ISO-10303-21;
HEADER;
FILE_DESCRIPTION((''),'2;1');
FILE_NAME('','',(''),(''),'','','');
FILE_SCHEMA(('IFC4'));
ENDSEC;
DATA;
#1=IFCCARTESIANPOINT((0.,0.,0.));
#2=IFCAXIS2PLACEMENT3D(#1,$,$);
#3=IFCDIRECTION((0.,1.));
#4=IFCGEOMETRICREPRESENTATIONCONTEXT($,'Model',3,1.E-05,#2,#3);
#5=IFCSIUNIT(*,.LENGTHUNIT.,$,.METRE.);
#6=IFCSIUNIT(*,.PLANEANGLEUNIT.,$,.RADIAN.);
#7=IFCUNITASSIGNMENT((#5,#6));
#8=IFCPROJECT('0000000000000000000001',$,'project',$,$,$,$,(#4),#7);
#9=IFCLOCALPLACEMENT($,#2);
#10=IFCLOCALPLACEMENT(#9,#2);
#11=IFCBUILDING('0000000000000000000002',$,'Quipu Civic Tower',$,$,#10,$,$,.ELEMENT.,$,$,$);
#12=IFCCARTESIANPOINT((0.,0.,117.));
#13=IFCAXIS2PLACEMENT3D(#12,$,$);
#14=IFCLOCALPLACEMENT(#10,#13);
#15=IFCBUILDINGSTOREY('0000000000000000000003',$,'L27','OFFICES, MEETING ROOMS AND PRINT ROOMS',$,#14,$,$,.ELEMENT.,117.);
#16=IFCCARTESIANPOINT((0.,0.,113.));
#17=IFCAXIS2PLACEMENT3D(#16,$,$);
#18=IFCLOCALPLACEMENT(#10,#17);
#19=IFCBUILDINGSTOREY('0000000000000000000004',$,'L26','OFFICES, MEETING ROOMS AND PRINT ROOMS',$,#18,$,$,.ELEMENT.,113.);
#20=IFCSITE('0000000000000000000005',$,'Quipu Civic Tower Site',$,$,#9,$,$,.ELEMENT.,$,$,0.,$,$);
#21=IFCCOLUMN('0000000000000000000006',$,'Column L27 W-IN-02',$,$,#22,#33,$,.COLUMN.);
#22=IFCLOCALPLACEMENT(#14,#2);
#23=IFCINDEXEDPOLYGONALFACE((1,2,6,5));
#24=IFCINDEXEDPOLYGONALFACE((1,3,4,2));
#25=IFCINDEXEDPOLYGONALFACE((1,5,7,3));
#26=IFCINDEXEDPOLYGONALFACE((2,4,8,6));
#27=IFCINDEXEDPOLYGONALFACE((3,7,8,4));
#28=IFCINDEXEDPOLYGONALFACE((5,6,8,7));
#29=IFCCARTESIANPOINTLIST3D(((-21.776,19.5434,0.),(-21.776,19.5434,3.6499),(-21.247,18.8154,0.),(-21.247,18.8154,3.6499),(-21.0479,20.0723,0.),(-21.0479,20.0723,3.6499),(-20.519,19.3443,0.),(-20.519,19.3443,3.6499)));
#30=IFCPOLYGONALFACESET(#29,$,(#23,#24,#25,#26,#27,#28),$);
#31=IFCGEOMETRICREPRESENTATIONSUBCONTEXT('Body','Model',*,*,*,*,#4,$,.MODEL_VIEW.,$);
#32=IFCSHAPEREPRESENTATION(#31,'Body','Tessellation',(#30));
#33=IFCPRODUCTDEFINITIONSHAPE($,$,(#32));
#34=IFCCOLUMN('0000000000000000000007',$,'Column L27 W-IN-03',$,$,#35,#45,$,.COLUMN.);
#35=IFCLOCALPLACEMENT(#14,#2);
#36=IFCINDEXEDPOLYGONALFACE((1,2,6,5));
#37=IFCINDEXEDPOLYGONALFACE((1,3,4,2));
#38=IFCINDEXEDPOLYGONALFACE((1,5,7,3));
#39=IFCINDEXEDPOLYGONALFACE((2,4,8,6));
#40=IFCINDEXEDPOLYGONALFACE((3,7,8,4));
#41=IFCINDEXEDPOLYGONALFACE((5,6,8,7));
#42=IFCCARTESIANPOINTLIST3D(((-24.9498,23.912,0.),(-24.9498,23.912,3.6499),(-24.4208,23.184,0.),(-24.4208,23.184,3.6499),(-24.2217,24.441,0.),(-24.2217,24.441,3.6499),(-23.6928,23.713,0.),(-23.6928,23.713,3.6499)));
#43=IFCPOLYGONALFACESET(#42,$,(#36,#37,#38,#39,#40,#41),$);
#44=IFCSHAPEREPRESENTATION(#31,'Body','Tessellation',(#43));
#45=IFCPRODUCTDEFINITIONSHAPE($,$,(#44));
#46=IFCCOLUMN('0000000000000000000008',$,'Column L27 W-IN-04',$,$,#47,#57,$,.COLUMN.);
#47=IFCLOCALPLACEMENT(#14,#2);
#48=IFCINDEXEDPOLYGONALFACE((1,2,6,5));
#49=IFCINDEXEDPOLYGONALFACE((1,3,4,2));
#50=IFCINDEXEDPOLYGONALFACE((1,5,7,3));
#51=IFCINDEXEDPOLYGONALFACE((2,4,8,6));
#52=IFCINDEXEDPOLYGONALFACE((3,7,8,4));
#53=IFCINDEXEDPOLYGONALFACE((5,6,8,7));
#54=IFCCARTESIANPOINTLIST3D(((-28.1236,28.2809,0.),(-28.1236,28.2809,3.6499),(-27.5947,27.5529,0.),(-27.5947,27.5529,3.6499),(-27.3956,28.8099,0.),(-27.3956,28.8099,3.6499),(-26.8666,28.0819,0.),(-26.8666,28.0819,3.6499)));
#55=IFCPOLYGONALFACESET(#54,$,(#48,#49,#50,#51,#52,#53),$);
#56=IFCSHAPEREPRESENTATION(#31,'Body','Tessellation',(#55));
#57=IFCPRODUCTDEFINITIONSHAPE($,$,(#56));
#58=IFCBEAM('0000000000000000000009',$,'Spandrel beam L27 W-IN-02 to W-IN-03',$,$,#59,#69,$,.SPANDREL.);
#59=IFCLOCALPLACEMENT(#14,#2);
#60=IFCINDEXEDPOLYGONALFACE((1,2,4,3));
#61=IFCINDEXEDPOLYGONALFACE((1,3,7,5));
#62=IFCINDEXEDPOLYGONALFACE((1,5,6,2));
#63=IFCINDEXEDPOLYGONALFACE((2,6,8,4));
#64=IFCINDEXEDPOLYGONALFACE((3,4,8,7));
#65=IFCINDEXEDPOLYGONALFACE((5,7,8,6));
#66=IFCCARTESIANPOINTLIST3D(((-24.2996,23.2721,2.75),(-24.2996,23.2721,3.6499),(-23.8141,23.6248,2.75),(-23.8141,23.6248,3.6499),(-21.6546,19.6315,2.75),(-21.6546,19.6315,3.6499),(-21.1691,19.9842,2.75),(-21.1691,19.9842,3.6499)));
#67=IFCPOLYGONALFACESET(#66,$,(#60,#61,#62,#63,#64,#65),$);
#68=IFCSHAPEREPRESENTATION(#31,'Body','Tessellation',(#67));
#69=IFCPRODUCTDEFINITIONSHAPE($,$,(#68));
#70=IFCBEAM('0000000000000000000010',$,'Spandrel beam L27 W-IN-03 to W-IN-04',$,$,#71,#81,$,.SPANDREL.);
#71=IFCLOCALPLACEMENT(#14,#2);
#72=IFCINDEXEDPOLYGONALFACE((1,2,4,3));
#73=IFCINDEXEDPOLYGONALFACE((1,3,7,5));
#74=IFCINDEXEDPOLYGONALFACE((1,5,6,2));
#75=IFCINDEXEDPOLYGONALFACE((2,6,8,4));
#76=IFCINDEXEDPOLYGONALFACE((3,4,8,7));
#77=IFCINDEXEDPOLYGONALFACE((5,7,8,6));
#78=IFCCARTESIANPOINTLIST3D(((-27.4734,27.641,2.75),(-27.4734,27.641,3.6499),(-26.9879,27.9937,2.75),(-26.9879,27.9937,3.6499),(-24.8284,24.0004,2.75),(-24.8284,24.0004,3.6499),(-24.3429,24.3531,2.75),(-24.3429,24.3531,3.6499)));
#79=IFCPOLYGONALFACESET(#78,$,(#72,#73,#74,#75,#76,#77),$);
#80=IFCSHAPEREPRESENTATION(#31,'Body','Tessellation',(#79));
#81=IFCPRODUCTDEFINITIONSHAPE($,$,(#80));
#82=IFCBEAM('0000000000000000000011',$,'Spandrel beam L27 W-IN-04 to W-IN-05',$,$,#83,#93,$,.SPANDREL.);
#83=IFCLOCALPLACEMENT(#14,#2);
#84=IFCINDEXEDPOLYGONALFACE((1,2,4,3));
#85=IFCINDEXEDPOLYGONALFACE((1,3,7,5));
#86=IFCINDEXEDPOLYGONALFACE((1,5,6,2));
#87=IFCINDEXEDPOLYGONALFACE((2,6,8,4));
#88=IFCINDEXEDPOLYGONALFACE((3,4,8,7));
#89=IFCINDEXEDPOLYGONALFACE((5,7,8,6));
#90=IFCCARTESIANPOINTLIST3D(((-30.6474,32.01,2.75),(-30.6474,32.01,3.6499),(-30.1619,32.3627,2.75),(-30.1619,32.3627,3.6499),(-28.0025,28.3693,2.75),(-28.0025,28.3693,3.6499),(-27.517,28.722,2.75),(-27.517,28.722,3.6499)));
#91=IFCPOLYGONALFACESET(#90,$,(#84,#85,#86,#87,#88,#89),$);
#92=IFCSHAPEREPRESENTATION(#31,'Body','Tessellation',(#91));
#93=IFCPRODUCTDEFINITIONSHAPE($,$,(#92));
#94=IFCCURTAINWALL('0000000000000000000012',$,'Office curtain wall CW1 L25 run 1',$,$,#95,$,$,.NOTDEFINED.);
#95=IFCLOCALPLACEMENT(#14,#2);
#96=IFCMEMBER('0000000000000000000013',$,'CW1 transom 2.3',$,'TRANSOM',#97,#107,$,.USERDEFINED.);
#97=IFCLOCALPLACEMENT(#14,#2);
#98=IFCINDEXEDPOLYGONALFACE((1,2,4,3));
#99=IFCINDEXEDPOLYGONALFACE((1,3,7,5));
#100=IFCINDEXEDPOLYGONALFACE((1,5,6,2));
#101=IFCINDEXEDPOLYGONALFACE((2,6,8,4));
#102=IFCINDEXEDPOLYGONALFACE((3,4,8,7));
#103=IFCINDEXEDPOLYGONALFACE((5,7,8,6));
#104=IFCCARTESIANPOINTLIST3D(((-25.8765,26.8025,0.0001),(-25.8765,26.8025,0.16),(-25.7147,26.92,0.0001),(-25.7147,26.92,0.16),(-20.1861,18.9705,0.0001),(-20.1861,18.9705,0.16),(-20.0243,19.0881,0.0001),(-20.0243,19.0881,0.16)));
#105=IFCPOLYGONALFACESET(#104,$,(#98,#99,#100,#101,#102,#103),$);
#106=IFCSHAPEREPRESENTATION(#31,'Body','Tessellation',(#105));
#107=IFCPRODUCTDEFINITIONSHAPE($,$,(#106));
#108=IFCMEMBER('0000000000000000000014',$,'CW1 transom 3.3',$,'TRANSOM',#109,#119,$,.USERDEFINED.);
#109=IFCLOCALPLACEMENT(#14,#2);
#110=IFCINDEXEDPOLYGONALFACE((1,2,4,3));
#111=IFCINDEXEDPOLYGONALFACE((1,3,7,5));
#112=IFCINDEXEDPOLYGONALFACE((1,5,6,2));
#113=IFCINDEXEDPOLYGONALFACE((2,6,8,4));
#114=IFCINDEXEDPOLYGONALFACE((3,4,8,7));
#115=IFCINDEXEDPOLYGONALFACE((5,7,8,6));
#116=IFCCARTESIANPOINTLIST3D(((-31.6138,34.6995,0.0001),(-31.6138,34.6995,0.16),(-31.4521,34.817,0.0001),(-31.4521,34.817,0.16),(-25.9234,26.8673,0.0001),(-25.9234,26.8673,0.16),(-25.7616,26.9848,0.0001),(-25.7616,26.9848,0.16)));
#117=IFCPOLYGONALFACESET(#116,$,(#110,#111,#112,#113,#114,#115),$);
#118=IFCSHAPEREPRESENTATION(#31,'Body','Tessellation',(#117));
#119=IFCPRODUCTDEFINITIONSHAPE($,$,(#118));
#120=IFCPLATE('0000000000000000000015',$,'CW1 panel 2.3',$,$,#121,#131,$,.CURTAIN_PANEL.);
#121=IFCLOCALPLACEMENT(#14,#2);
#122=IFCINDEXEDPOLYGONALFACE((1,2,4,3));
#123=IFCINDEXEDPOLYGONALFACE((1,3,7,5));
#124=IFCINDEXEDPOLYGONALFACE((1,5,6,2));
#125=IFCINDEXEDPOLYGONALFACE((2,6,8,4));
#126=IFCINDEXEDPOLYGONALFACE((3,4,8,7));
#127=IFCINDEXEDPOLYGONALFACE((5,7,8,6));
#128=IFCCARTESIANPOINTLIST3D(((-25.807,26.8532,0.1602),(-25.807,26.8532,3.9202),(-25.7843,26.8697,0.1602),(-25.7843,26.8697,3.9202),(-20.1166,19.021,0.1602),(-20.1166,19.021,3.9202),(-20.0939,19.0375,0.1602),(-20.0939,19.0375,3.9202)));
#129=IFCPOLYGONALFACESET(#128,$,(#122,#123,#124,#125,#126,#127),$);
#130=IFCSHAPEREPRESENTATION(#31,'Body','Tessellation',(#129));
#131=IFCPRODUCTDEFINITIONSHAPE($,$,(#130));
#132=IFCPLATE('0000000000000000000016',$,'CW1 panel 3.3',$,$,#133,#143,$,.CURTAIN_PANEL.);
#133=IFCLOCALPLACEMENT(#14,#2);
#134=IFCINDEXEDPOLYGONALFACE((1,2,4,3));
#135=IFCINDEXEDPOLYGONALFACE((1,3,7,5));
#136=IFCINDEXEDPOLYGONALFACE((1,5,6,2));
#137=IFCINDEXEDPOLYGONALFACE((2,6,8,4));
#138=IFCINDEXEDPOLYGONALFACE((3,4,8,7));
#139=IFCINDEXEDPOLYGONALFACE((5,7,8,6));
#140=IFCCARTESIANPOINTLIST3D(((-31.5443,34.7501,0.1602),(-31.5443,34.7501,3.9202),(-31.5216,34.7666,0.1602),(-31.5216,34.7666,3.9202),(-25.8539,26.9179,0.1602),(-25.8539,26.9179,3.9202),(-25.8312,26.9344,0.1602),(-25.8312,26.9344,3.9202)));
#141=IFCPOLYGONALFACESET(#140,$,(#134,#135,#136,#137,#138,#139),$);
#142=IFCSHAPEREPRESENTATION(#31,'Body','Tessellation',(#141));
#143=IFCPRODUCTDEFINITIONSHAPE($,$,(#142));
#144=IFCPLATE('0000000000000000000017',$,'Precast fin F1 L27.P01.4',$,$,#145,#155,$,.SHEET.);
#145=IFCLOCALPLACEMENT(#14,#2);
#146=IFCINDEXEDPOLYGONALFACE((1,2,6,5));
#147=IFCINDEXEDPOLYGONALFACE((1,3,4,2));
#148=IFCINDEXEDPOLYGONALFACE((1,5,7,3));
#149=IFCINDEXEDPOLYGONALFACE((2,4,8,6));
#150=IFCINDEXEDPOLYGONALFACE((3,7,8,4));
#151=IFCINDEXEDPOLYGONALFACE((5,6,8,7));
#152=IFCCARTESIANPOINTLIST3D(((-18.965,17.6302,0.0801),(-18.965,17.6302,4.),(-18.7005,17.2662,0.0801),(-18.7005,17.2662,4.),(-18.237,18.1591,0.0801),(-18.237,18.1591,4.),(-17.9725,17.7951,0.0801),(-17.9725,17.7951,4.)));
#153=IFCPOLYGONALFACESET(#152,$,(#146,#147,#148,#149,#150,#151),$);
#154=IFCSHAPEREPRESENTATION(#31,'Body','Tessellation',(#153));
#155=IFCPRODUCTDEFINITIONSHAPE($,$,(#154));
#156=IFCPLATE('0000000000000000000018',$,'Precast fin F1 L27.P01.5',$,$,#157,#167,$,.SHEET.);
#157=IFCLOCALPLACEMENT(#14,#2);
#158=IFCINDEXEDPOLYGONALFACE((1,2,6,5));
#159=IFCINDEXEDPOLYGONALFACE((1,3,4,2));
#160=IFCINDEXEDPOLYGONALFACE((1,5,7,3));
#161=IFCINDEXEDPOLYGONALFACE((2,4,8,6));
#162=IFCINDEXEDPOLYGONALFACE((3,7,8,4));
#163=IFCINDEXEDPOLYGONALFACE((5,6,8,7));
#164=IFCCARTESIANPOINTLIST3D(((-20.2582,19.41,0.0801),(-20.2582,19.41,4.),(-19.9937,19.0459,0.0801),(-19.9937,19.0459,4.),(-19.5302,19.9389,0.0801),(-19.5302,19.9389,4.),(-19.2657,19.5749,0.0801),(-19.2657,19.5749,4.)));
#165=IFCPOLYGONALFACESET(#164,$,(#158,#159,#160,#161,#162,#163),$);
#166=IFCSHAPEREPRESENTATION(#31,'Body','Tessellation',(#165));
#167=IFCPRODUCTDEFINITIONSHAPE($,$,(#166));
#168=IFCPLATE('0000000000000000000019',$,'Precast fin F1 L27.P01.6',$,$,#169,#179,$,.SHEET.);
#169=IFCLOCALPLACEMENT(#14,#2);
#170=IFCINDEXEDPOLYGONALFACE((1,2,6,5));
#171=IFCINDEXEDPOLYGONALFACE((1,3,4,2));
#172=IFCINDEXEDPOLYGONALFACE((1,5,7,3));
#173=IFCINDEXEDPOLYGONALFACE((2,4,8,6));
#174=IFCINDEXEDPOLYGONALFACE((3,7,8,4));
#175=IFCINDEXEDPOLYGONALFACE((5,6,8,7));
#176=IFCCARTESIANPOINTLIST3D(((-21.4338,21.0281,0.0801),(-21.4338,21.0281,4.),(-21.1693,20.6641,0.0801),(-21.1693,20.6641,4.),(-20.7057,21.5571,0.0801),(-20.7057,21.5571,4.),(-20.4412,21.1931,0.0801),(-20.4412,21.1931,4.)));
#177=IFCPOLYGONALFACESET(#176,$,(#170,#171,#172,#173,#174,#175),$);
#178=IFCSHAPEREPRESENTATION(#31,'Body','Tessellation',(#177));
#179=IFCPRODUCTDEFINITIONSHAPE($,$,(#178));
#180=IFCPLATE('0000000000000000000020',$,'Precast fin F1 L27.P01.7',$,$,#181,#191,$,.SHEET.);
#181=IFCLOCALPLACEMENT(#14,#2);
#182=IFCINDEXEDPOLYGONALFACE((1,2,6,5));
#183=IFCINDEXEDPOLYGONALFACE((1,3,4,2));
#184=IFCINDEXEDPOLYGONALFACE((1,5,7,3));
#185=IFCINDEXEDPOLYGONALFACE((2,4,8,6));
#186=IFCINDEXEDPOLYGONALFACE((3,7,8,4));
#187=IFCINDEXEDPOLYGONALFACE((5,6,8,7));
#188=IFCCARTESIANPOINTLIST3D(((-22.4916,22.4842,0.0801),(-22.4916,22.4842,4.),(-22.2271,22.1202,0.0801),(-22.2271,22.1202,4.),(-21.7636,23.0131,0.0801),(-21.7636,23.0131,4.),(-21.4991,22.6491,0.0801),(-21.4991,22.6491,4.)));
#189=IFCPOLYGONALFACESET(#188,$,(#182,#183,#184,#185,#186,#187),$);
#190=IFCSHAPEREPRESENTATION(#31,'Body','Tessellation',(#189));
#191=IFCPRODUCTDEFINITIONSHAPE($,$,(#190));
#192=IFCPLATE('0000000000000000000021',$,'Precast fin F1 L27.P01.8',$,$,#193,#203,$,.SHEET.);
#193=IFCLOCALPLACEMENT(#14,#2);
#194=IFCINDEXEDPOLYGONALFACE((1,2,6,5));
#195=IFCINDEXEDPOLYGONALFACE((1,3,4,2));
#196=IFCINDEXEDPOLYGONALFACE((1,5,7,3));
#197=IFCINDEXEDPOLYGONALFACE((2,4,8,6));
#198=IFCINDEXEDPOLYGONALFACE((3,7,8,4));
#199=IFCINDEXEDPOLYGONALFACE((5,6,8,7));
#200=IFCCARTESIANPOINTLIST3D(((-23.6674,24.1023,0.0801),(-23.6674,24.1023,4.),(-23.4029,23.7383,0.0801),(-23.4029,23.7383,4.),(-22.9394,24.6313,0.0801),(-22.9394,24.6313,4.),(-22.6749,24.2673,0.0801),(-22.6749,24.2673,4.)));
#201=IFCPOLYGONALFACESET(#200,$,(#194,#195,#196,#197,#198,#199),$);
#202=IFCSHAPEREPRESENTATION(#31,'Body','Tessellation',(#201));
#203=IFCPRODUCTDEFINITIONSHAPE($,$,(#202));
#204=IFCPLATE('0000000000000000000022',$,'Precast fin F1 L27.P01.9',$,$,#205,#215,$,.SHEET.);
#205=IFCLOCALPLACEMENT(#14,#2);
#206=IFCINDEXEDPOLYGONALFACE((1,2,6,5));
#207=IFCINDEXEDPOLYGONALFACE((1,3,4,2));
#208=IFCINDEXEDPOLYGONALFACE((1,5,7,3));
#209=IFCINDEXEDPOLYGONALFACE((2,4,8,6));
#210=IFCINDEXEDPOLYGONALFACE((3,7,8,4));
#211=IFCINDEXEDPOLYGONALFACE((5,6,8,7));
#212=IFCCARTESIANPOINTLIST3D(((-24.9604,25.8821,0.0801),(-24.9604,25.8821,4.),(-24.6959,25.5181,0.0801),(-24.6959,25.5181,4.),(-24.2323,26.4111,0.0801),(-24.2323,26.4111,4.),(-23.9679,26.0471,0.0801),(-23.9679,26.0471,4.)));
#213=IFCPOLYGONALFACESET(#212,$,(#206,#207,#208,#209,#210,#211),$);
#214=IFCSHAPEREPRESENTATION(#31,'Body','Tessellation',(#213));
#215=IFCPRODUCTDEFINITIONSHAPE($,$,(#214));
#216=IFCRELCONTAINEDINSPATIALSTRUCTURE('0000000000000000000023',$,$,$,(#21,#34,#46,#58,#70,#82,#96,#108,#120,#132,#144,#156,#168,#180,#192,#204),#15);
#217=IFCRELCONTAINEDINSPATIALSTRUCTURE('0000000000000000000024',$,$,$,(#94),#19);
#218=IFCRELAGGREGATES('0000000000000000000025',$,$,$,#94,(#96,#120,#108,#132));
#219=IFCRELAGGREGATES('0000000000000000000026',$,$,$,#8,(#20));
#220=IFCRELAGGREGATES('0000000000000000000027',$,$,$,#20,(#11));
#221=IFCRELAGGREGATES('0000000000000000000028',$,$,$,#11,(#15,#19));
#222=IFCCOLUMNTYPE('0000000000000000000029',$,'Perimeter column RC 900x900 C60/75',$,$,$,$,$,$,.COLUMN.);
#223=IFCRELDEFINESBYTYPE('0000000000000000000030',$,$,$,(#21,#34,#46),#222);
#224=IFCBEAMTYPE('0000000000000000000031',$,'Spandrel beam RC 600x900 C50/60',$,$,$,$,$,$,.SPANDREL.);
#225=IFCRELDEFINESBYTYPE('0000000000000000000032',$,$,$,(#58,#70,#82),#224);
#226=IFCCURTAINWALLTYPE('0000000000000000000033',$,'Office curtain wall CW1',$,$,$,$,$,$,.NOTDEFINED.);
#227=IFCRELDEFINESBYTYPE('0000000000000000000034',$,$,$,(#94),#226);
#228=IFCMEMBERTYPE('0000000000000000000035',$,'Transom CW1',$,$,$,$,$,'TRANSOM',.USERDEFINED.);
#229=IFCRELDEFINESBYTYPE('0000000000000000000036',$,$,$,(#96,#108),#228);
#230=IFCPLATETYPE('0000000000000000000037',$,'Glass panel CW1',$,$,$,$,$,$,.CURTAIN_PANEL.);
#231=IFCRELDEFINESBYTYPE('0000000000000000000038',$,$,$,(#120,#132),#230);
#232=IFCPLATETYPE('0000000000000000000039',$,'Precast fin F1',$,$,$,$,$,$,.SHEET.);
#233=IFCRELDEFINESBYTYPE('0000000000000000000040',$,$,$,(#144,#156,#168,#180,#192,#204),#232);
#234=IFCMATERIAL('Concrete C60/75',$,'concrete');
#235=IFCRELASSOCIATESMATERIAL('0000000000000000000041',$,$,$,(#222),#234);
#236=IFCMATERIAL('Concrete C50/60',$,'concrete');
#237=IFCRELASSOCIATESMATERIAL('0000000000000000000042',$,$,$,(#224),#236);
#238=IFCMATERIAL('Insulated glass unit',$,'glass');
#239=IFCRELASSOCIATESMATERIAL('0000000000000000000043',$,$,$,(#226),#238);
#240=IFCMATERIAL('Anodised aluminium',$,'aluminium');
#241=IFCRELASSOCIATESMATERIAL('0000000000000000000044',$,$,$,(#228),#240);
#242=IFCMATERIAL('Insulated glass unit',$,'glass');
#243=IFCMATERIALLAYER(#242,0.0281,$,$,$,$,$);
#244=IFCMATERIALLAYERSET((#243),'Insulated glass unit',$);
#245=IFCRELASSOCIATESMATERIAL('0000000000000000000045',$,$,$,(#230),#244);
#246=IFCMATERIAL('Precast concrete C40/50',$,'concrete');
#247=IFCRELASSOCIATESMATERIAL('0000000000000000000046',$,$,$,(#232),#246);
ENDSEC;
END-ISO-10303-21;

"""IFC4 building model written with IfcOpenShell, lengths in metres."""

from ifc_helpers import new_model, si_unit, direction, frame, origin, origin_2d, place, context, subcontext, project, spatial, rectangle, extrude, material, layer, layer_set, material_profile, profile_set, type_object, element, aggregate, save


model = new_model("IFC4")

# Units and contexts
model_context = context("Model", 3, precision=1e-05, world=origin(), true_north=direction((0.0, 1.0)))
body_context = subcontext(model_context, "Body", "Model", "MODEL_VIEW")
ifc_project = project(units=[si_unit("LENGTHUNIT", "METRE"), si_unit("PLANEANGLEUNIT", "RADIAN")], contexts=[model_context])

# Site, building, storey
site_placement = place(None, origin())
site = spatial("IfcSite", under=ifc_project, at=site_placement, Name="Quipu Civic Tower Site", CompositionType="ELEMENT", RefElevation=0.0)
building_placement = place(site_placement, origin())
building = spatial("IfcBuilding", under=site, at=building_placement, Name="Quipu Civic Tower", CompositionType="ELEMENT")
storey_1_placement = place(building_placement, frame((0.0, 0.0, 117.0)))
storey_1 = spatial("IfcBuildingStorey", under=building, at=storey_1_placement, Name="L27", Description="OFFICES, MEETING ROOMS AND PRINT ROOMS", CompositionType="ELEMENT", Elevation=117.0)

# Columns
ifc_material_1 = material(Name="Concrete C60/75", Category="concrete")
ifc_material_profile_1 = material_profile(ifc_material_1, rectangle(XDim=0.8999, YDim=0.8999, at=origin_2d()), Name="RC900x900")
ifc_profile_set_1 = profile_set([ifc_material_profile_1], Name="Concrete C60/75")
column_type = type_object("IfcColumnType", Name="Perimeter column RC 900x900 C60/75", PredefinedType="COLUMN", material=ifc_profile_set_1)
for number, where, z_axis, x_axis, name in (
    (1, (-21.1475, 19.4438, 0.0), (0.0, 0.0, 1.0), (-0.587785, 0.809017, 0.0), "Column L27 W-IN-02"),
    (2, (-24.3213, 23.8125, 0.0), (0.0, 0.0, 1.0), (-0.587785, 0.809017, 0.0), "Column L27 W-IN-03"),
    (3, (-27.4951, 28.1814, 0.0), (0.0, 0.0, 1.0), (-0.587785, 0.809017, 0.0), "Column L27 W-IN-04"),
):
    element("IfcColumn", number, at=place(storey_1_placement, frame(where, z_axis=z_axis, x_axis=x_axis)), inside=storey_1, type_object=column_type, Name=name, PredefinedType="COLUMN", context=body_context, shape_type="SweptSolid", body=[
        extrude(rectangle(XDim=0.8999, YDim=0.8999, at=origin_2d()), origin(), (0.0, 0.0, 1.0), 3.6499),
    ])

# Beams
ifc_material_2 = material(Name="Concrete C50/60", Category="concrete")
ifc_material_profile_2 = material_profile(ifc_material_2, rectangle(XDim=0.6001, YDim=0.8999, at=origin_2d()), Name="RC600x900")
ifc_profile_set_2 = profile_set([ifc_material_profile_2], Name="Concrete C50/60")
beam_type = type_object("IfcBeamType", Name="Spandrel beam RC 600x900 C50/60", PredefinedType="SPANDREL", material=ifc_profile_set_2)
for number, where, z_axis, x_axis, name in (
    (4, (-21.4119, 19.8079, 3.2), (-0.587778, 0.809022, 0.0), (-0.809022, -0.587778, 0.0), "Spandrel beam L27 W-IN-02 to W-IN-03"),
    (5, (-24.5857, 24.1768, 3.2), (-0.587778, 0.809022, 0.0), (-0.809022, -0.587778, 0.0), "Spandrel beam L27 W-IN-03 to W-IN-04"),
    (6, (-27.7598, 28.5457, 3.2), (-0.587743, 0.809048, 0.0), (-0.809048, -0.587743, 0.0), "Spandrel beam L27 W-IN-04 to W-IN-05"),
):
    element("IfcBeam", number, at=place(storey_1_placement, frame(where, z_axis=z_axis, x_axis=x_axis)), inside=storey_1, type_object=beam_type, Name=name, PredefinedType="SPANDREL", context=body_context, shape_type="SweptSolid", body=[
        extrude(rectangle(XDim=0.6001, YDim=0.8999, at=origin_2d()), origin(), (0.0, 0.0, 1.0), 4.5),
    ])

# Shared definitions
storey_2_placement = place(building_placement, frame((0.0, 0.0, 113.0)))
storey_2 = spatial("IfcBuildingStorey", under=building, at=storey_2_placement, Name="L26", Description="OFFICES, MEETING ROOMS AND PRINT ROOMS", CompositionType="ELEMENT", Elevation=113.0)

# Curtain wall, members, plates
ifc_material_3 = material(Name="Insulated glass unit", Category="glass")
curtain_wall_type = type_object("IfcCurtainWallType", Name="Office curtain wall CW1", PredefinedType="NOTDEFINED", material=ifc_material_3)
curtain_wall_placement = place(storey_2_placement, origin())
curtain_wall = element("IfcCurtainWall", 7, at=curtain_wall_placement, inside=storey_2, type_object=curtain_wall_type, Name="Office curtain wall CW1 L25 run 1", PredefinedType="NOTDEFINED")
ifc_material_4 = material(Name="Anodised aluminium", Category="aluminium")
ifc_material_profile_3 = material_profile(ifc_material_4, rectangle(XDim=0.2, YDim=0.1599, at=origin_2d()), Name="RECT 200x160")
ifc_profile_set_3 = profile_set([ifc_material_profile_3], Name="Anodised aluminium")
member_type = type_object("IfcMemberType", Name="Transom CW1", ElementType="TRANSOM", PredefinedType="USERDEFINED", material=ifc_profile_set_3)
member_1_placement = place(storey_1_placement, frame((-20.1052, 19.0293, 0.0801), z_axis=(-0.587794, 0.809011, 0.0), x_axis=(-0.809011, -0.587794, 0.0)))
member_1 = element("IfcMember", 8, at=member_1_placement, inside=storey_1, type_object=member_type, Name="CW1 transom 2.3", ObjectType="TRANSOM", PredefinedType="USERDEFINED", context=body_context, shape_type="SweptSolid", body=[
    extrude(rectangle(XDim=0.2, YDim=0.1599, at=origin_2d()), origin(), (0.0, 0.0, 1.0), 9.6809),
])
member_2_placement = place(storey_1_placement, frame((-25.8425, 26.926, 0.0801), z_axis=(-0.587782, 0.80902, 0.0), x_axis=(-0.80902, -0.587782, 0.0)))
member_2 = element("IfcMember", 9, at=member_2_placement, inside=storey_1, type_object=member_type, Name="CW1 transom 3.3", ObjectType="TRANSOM", PredefinedType="USERDEFINED", context=body_context, shape_type="SweptSolid", body=[
    extrude(rectangle(XDim=0.2, YDim=0.1599, at=origin_2d()), origin(), (0.0, 0.0, 1.0), 9.6812),
])
ifc_material_5 = material(Name="Insulated glass unit", Category="glass")
ifc_layer_1 = layer(ifc_material_5, 0.0281)
ifc_layer_set_1 = layer_set([ifc_layer_1], Name="Insulated glass unit")
plate_type_1 = type_object("IfcPlateType", Name="Glass panel CW1", PredefinedType="CURTAIN_PANEL", material=ifc_layer_set_1)
plate_1_placement = place(storey_1_placement, frame((-22.9504, 22.9453, 0.1602), z_axis=(0.0, 0.0, 1.0), x_axis=(-0.587786, 0.809017, 0.0)))
plate_1 = element("IfcPlate", 10, at=plate_1_placement, inside=storey_1, type_object=plate_type_1, Name="CW1 panel 2.3", PredefinedType="CURTAIN_PANEL", context=body_context, shape_type="SweptSolid", body=[
    extrude(rectangle(XDim=9.6812, YDim=0.0281, at=origin_2d()), origin(), (0.0, 0.0, 1.0), 3.76),
])
plate_2_placement = place(storey_1_placement, frame((-28.6877, 30.8423, 0.1602), z_axis=(0.0, 0.0, 1.0), x_axis=(-0.587786, 0.809017, 0.0)))
plate_2 = element("IfcPlate", 11, at=plate_2_placement, inside=storey_1, type_object=plate_type_1, Name="CW1 panel 3.3", PredefinedType="CURTAIN_PANEL", context=body_context, shape_type="SweptSolid", body=[
    extrude(rectangle(XDim=9.6812, YDim=0.0281, at=origin_2d()), origin(), (0.0, 0.0, 1.0), 3.76),
])
aggregate(curtain_wall, [member_1, plate_1, member_2, plate_2])

# Plates
ifc_material_6 = material(Name="Precast concrete C40/50", Category="concrete")
plate_type_2 = type_object("IfcPlateType", Name="Precast fin F1", PredefinedType="SHEET", material=ifc_material_6)
for number, where, z_axis, x_axis, name in (
    (12, (-18.4688, 17.7126, 0.0801), (0.0, 0.0, 1.0), (-0.587785, 0.809017, 0.0), "Precast fin F1 L27.P01.4"),
    (13, (-19.762, 19.4924, 0.0801), (0.0, 0.0, 1.0), (-0.587785, 0.809017, 0.0), "Precast fin F1 L27.P01.5"),
    (14, (-20.9375, 21.1106, 0.0801), (0.0, 0.0, 1.0), (-0.587785, 0.809017, 0.0), "Precast fin F1 L27.P01.6"),
    (15, (-21.9954, 22.5667, 0.0801), (0.0, 0.0, 1.0), (-0.587785, 0.809017, 0.0), "Precast fin F1 L27.P01.7"),
    (16, (-23.1711, 24.1848, 0.0801), (0.0, 0.0, 1.0), (-0.587785, 0.809017, 0.0), "Precast fin F1 L27.P01.8"),
    (17, (-24.4641, 25.9646, 0.0801), (0.0, 0.0, 1.0), (-0.587785, 0.809017, 0.0), "Precast fin F1 L27.P01.9"),
):
    element("IfcPlate", number, at=place(storey_1_placement, frame(where, z_axis=z_axis, x_axis=x_axis)), inside=storey_1, type_object=plate_type_2, Name=name, PredefinedType="SHEET", context=body_context, shape_type="SweptSolid", body=[
        extrude(rectangle(XDim=0.45, YDim=0.8999, at=origin_2d()), origin(), (0.0, 0.0, 1.0), 3.9199),
    ])

save(model, "model.ifc")
